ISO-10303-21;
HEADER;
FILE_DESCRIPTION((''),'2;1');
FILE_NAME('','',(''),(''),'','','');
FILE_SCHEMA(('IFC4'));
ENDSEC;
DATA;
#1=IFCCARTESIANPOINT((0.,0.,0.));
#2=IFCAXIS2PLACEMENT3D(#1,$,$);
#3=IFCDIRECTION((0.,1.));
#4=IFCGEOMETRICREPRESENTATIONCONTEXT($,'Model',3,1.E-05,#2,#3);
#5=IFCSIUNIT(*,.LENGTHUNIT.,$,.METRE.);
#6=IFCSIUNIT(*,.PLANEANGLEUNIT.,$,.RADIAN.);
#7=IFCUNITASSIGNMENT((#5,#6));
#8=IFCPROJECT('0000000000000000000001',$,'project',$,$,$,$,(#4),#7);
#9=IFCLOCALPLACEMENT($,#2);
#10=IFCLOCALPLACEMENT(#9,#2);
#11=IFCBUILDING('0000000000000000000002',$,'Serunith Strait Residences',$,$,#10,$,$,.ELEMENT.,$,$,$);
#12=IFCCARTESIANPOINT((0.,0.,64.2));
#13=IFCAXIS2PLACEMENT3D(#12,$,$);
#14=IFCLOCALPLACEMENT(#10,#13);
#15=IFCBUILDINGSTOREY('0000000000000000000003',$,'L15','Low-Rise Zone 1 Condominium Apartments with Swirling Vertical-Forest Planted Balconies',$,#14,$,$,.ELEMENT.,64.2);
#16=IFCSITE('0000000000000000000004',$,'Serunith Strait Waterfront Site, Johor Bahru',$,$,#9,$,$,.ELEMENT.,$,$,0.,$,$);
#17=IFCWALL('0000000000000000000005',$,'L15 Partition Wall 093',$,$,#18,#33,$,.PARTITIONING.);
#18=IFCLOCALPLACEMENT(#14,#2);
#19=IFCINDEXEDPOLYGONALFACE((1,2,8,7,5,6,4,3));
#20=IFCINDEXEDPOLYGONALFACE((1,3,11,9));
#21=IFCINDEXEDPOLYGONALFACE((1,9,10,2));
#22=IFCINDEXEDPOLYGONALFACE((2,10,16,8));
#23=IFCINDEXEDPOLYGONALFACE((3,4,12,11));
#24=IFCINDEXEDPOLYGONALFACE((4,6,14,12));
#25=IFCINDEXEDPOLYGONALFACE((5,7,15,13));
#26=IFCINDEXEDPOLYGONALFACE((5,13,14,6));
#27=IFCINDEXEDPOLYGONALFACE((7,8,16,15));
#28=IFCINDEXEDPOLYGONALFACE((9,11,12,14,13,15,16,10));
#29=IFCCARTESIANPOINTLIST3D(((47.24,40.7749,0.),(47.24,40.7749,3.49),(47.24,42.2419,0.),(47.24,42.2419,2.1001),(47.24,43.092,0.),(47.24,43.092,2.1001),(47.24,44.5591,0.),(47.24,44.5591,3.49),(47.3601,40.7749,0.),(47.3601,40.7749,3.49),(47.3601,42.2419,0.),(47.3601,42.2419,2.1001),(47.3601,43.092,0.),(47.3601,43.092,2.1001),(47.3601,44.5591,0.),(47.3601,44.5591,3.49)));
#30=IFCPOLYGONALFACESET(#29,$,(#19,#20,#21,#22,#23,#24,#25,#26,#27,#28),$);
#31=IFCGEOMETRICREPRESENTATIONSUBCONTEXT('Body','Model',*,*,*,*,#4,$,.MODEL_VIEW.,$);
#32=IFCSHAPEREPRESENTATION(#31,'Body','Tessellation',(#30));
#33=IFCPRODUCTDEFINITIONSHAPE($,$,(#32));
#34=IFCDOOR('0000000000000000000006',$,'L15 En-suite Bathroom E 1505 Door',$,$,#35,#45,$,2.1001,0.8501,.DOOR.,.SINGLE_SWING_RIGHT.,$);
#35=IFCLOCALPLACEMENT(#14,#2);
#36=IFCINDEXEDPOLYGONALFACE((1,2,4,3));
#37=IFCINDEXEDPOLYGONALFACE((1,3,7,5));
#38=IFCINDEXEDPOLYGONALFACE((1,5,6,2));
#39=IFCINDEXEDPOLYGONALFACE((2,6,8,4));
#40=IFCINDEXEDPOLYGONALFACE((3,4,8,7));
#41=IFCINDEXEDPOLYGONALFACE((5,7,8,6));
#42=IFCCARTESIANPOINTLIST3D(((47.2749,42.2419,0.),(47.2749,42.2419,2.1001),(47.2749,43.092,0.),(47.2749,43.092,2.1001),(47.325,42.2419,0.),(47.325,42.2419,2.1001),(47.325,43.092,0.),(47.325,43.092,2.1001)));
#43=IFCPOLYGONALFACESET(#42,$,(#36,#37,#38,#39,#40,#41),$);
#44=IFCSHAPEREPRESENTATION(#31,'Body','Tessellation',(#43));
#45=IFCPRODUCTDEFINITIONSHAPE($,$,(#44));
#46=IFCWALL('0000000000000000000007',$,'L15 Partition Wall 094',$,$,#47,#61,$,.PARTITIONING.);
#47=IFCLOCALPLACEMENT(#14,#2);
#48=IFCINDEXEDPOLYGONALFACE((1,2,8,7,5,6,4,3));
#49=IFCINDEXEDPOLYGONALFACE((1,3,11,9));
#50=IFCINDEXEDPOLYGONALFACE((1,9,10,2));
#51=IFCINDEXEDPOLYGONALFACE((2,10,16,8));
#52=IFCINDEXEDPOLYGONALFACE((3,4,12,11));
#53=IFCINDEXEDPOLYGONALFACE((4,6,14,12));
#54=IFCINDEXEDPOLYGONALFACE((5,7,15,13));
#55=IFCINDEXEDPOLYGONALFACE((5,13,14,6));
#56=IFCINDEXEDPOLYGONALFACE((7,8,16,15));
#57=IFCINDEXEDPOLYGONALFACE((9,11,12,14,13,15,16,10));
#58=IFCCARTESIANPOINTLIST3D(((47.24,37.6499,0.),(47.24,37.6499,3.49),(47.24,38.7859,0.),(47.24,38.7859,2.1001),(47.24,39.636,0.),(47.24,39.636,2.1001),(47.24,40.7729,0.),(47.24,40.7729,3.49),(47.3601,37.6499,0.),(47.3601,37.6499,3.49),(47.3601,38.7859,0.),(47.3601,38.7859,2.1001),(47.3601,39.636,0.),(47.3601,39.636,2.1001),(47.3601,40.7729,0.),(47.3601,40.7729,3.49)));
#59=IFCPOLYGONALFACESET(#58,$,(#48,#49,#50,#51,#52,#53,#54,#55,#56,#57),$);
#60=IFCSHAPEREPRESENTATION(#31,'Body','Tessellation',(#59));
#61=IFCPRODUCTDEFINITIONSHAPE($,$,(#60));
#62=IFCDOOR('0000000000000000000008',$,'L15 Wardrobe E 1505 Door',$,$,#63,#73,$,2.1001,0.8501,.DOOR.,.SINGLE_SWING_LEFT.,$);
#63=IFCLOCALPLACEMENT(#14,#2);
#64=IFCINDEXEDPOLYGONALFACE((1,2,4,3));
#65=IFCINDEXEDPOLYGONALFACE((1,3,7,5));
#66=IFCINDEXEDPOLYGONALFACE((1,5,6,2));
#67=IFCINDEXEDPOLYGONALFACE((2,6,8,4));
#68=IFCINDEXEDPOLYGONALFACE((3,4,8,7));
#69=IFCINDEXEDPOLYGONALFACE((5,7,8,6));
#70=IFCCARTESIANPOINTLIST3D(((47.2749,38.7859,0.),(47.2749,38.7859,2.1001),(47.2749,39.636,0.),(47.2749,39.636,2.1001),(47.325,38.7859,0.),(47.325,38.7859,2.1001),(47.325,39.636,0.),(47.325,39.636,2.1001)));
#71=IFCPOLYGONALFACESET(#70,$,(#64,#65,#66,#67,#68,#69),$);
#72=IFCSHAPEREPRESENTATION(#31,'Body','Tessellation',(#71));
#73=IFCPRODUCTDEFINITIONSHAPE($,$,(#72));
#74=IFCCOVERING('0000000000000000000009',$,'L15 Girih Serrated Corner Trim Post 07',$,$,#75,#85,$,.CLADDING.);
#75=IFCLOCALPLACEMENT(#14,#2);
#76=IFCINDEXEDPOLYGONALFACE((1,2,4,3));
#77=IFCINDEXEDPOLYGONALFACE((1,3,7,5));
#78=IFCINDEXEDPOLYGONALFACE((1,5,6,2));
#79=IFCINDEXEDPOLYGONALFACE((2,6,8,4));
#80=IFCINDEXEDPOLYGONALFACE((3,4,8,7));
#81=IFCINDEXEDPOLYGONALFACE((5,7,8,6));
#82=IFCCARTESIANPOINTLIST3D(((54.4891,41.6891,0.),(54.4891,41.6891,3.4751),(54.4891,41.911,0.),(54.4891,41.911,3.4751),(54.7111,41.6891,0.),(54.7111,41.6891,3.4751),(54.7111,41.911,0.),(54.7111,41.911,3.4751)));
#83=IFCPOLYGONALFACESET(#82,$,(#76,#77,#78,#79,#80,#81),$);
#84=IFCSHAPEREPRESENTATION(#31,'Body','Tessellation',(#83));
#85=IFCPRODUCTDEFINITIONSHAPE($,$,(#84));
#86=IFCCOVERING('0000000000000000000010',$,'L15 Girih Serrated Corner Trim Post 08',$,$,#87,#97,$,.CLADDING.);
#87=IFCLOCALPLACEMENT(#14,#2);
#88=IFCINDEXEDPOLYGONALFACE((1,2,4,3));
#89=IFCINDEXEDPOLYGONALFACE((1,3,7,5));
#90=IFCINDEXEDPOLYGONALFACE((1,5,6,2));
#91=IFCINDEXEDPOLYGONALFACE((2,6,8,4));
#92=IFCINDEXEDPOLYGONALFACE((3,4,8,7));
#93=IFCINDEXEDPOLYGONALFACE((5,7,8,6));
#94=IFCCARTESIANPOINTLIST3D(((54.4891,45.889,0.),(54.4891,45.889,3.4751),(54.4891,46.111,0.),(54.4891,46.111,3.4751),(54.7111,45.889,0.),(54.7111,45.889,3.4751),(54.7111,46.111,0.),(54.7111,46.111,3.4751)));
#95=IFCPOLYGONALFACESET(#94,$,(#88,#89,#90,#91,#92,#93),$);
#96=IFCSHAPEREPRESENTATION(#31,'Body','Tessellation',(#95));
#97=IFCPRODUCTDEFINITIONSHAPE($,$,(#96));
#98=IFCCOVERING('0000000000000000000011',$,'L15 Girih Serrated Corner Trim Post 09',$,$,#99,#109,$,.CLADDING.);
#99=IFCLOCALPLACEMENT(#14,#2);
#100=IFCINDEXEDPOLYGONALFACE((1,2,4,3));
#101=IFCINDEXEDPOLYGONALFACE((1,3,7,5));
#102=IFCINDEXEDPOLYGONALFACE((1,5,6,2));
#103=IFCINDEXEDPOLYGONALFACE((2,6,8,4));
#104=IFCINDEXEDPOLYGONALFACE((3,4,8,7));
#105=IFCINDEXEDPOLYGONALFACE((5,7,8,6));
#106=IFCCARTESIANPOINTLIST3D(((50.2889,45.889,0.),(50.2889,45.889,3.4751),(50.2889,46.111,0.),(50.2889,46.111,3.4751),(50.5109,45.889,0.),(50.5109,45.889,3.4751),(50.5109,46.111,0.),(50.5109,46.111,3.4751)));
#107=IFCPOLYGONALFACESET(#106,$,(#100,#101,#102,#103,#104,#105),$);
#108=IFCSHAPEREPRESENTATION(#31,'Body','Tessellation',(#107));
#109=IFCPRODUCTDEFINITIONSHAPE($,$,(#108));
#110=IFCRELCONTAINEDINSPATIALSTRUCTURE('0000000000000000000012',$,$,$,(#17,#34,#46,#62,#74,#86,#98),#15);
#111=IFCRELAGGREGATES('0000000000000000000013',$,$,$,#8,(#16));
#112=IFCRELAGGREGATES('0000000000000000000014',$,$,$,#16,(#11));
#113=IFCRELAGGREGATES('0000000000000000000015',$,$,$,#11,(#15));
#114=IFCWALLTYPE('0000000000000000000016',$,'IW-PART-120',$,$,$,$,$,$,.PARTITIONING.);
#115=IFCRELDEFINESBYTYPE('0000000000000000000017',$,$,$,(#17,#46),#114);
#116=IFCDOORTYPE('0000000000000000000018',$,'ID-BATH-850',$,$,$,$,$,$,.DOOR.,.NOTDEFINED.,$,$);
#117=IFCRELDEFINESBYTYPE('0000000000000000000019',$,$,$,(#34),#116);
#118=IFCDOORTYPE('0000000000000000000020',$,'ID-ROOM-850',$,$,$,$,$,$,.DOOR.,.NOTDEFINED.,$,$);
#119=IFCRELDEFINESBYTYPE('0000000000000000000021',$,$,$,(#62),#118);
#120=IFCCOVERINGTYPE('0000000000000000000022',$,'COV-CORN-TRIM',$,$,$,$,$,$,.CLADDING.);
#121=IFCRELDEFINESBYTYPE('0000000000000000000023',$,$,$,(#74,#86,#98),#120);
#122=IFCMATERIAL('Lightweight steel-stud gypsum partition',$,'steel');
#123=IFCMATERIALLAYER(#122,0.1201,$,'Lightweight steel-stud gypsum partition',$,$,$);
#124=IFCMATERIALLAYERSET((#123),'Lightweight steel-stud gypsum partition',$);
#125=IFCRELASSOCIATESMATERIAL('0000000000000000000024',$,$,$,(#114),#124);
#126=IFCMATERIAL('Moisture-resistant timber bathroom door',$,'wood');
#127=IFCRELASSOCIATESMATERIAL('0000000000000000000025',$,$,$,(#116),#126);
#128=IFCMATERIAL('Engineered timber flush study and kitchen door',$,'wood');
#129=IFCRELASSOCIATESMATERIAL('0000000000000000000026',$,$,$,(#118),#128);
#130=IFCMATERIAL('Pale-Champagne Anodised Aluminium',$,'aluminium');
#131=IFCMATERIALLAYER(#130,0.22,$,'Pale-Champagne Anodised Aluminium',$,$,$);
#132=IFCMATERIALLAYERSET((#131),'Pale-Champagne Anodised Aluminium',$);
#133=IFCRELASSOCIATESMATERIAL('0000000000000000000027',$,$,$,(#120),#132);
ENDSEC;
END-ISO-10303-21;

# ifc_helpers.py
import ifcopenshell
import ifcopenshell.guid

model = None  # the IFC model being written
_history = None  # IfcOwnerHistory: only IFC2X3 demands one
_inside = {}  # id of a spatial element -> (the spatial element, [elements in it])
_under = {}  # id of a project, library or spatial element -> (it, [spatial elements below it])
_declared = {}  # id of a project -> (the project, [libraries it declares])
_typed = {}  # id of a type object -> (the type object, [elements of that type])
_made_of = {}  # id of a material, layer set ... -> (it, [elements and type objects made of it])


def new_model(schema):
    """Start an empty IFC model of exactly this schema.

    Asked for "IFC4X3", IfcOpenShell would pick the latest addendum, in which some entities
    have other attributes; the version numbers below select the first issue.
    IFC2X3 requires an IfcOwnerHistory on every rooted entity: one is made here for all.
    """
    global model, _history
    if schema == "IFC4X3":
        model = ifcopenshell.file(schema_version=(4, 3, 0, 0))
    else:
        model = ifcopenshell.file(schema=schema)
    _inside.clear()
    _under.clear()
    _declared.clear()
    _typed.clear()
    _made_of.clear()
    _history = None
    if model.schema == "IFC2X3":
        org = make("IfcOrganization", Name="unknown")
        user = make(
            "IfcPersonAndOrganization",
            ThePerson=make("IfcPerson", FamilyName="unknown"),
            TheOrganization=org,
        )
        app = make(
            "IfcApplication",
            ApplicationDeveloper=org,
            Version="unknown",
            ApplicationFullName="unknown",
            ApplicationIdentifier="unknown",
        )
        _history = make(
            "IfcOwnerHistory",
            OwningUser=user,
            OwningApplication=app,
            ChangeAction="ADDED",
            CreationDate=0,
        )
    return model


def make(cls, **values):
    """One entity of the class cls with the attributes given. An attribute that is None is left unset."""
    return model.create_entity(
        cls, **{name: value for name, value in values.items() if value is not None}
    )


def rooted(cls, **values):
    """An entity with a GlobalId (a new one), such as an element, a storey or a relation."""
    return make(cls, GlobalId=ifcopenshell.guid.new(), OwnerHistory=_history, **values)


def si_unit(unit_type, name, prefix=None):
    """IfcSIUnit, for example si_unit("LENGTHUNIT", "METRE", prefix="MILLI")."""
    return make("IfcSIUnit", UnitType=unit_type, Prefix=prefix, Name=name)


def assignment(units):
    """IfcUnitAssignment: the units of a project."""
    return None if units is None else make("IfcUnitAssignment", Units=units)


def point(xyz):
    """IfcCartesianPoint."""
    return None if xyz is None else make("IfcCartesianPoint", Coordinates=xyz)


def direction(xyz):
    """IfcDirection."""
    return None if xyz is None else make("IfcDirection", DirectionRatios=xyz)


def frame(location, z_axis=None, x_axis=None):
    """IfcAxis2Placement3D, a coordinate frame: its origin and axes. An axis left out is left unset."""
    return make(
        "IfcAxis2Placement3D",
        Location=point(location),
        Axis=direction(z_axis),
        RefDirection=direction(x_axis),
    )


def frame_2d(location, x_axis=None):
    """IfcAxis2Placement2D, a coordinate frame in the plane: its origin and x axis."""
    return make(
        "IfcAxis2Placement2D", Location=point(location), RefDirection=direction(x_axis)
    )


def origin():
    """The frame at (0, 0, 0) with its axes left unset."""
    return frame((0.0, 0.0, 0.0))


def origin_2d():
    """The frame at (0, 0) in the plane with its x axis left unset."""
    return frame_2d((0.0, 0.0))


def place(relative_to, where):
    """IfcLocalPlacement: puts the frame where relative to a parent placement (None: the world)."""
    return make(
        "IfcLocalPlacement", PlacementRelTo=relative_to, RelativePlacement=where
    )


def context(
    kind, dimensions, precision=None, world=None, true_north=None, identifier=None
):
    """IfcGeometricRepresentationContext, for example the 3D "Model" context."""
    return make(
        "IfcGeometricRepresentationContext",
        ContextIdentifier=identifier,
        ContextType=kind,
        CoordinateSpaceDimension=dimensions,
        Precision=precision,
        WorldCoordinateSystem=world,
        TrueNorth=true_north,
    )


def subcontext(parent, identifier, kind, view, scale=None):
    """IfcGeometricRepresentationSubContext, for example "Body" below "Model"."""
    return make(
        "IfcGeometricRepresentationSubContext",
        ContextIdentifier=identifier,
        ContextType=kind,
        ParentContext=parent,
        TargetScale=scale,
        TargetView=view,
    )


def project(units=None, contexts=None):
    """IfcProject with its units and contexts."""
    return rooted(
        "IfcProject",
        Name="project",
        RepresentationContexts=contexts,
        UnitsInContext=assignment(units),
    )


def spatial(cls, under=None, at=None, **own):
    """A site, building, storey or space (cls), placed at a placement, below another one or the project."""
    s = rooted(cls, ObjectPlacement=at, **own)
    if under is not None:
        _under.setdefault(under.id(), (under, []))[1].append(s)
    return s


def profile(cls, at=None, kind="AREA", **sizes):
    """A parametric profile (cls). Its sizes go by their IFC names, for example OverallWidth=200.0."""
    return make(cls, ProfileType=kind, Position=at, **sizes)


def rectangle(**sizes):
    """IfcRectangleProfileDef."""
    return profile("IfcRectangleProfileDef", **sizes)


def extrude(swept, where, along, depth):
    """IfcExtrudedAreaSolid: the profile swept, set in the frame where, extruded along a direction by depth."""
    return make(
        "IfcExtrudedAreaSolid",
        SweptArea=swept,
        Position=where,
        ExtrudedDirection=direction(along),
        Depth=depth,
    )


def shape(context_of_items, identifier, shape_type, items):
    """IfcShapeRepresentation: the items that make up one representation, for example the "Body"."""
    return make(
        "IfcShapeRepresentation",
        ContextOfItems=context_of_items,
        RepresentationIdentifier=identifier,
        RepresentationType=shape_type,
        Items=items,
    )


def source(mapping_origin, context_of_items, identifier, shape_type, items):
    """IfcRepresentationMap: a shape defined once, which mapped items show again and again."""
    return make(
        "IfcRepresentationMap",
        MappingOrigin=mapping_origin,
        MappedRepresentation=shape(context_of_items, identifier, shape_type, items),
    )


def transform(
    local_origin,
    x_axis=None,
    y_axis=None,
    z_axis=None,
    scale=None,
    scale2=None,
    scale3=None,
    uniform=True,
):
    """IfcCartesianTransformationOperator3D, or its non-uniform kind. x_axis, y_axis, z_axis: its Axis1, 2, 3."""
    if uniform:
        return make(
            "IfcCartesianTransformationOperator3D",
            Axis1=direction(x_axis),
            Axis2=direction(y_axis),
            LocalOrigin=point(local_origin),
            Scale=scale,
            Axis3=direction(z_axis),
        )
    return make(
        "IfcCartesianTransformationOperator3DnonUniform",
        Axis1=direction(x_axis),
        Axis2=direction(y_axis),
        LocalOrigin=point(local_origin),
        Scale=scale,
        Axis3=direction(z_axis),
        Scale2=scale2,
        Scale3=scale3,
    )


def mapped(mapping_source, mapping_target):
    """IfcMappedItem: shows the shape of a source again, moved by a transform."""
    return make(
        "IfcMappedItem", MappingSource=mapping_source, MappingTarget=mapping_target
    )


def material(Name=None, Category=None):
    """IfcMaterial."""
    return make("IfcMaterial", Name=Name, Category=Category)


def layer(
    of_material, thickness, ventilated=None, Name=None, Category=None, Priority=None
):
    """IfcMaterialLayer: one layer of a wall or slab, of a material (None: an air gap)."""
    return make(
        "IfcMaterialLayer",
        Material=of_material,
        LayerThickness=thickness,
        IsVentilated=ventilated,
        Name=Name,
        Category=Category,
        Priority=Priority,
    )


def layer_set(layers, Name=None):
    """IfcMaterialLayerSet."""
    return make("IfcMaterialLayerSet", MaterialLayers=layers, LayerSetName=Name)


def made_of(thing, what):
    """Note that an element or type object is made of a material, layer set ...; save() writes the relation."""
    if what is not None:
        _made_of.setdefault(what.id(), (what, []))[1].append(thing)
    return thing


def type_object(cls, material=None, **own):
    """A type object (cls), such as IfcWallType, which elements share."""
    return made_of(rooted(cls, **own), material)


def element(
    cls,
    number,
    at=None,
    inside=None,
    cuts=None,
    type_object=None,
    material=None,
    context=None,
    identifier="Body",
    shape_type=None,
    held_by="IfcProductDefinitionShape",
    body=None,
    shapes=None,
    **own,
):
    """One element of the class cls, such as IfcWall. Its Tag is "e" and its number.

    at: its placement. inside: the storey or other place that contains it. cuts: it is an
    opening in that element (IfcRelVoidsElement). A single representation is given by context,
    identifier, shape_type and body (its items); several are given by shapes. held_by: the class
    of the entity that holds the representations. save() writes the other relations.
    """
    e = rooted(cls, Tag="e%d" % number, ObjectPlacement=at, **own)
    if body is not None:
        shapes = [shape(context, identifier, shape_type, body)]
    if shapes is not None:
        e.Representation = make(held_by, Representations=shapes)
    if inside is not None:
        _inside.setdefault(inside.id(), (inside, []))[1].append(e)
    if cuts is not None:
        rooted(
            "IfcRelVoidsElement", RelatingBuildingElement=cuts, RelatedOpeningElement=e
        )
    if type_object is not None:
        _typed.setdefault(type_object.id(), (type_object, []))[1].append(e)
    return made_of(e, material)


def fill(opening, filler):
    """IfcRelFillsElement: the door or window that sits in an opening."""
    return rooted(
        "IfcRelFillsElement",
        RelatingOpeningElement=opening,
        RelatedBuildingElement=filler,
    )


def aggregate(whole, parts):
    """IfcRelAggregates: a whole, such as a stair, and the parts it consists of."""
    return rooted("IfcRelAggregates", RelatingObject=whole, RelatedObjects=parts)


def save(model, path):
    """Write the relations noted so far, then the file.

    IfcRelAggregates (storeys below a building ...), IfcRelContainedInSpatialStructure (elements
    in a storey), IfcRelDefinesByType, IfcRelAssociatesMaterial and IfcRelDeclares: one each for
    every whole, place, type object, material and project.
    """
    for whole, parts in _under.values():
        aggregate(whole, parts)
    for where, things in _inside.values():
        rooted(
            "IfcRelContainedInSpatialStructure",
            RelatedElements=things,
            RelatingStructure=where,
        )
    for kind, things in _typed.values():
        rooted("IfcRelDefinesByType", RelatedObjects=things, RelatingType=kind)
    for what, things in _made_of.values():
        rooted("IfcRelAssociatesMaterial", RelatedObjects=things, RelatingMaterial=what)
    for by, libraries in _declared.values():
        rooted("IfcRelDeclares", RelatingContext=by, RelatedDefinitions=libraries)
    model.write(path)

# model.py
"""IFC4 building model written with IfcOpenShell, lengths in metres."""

from ifc_helpers import new_model, si_unit, direction, frame, frame_2d, origin, origin_2d, place, context, subcontext, project, spatial, rectangle, extrude, source, transform, mapped, material, layer, layer_set, type_object, element, fill, save


model = new_model("IFC4")

# Units and contexts
model_context = context("Model", 3, precision=1e-05, world=origin(), true_north=direction((0.0, 1.0)))
body_context = subcontext(model_context, "Body", "Model", "MODEL_VIEW")
ifc_project = project(units=[si_unit("LENGTHUNIT", "METRE"), si_unit("PLANEANGLEUNIT", "RADIAN")], contexts=[model_context])

# Site, building, storey
site_placement = place(None, origin())
site = spatial("IfcSite", under=ifc_project, at=site_placement, Name="Serunith Strait Waterfront Site, Johor Bahru", CompositionType="ELEMENT", RefElevation=0.0)
building_placement = place(site_placement, origin())
building = spatial("IfcBuilding", under=site, at=building_placement, Name="Serunith Strait Residences", CompositionType="ELEMENT")
storey_placement = place(building_placement, frame((0.0, 0.0, 64.2)))
storey = spatial("IfcBuildingStorey", under=building, at=storey_placement, Name="L15", Description="Low-Rise Zone 1 Condominium Apartments with Swirling Vertical-Forest Planted Balconies", CompositionType="ELEMENT", Elevation=64.2)

# Shared definitions
ifc_material_1 = material(Name="Pale-Champagne Anodised Aluminium", Category="aluminium")

# Shared definitions
ifc_material_2 = material(Name="Lightweight steel-stud gypsum partition", Category="steel")
ifc_layer_1 = layer(ifc_material_2, 0.1201, Name="Lightweight steel-stud gypsum partition")
ifc_layer_set_1 = layer_set([ifc_layer_1], Name="Lightweight steel-stud gypsum partition")
wall_type_1 = type_object("IfcWallType", Name="IW-PART-120", PredefinedType="PARTITIONING", material=ifc_layer_set_1)

# Walls, openings, doors
wall_1_placement = place(storey_placement, frame((47.3, 44.5591, 0.0), z_axis=(0.0, 0.0, 1.0), x_axis=(0.0, -1.0, 0.0)))
wall_1 = element("IfcWall", 1, at=wall_1_placement, inside=storey, type_object=wall_type_1, Name="L15 Partition Wall 093", PredefinedType="PARTITIONING", context=body_context, shape_type="SweptSolid", body=[
    extrude(rectangle(XDim=3.7842, YDim=0.1201, at=frame_2d((1.8921, 0.0))), origin(), (0.0, 0.0, 1.0), 3.49),
])
opening_1_placement = place(wall_1_placement, frame((1.467, 0.0, 0.0)))
opening_1 = element("IfcOpeningElement", 2, at=opening_1_placement, cuts=wall_1, PredefinedType="OPENING", context=body_context, shape_type="SweptSolid", body=[
    extrude(rectangle(XDim=0.8501, YDim=2.1001, at=frame_2d((0.425, 1.05))), frame((0.0, 0.0701, 0.0), z_axis=(0.0, -1.0, 0.0), x_axis=(1.0, 0.0, 0.0)), (0.0, 0.0, 1.0), 0.1401),
])
ifc_material_3 = material(Name="Moisture-resistant timber bathroom door", Category="wood")
door_type_1 = type_object("IfcDoorType", Name="ID-BATH-850", OperationType="NOTDEFINED", PredefinedType="DOOR", material=ifc_material_3)
shared_shape_1 = source(origin(), body_context, "Body", "SweptSolid", [
    extrude(rectangle(XDim=0.8501, YDim=2.1001, at=frame_2d((0.425, 1.05))), frame((0.0, 0.0249, 0.0), z_axis=(0.0, -1.0, 0.0), x_axis=(1.0, 0.0, 0.0)), (0.0, 0.0, 1.0), 0.05),
])
door_1_placement = place(opening_1_placement, origin())
door_1 = element("IfcDoor", 3, at=door_1_placement, inside=storey, type_object=door_type_1, Name="L15 En-suite Bathroom E 1505 Door", OperationType="SINGLE_SWING_RIGHT", OverallHeight=2.1001, OverallWidth=0.8501, PredefinedType="DOOR", context=body_context, shape_type="MappedRepresentation", body=[
    mapped(shared_shape_1, transform((0.0, 0.0, 0.0), scale=1.0)),
])
fill(opening_1, door_1)
wall_2_placement = place(storey_placement, frame((47.3, 40.7729, 0.0), z_axis=(0.0, 0.0, 1.0), x_axis=(0.0, -1.0, 0.0)))
wall_2 = element("IfcWall", 4, at=wall_2_placement, inside=storey, type_object=wall_type_1, Name="L15 Partition Wall 094", PredefinedType="PARTITIONING", context=body_context, shape_type="SweptSolid", body=[
    extrude(rectangle(XDim=3.123, YDim=0.1201, at=frame_2d((1.5615, 0.0))), origin(), (0.0, 0.0, 1.0), 3.49),
])
opening_2_placement = place(wall_2_placement, frame((1.137, 0.0, 0.0)))
opening_2 = element("IfcOpeningElement", 5, at=opening_2_placement, cuts=wall_2, PredefinedType="OPENING", context=body_context, shape_type="SweptSolid", body=[
    extrude(rectangle(XDim=0.8501, YDim=2.1001, at=frame_2d((0.425, 1.05))), frame((0.0, 0.0701, 0.0), z_axis=(0.0, -1.0, 0.0), x_axis=(1.0, 0.0, 0.0)), (0.0, 0.0, 1.0), 0.1401),
])
ifc_material_4 = material(Name="Engineered timber flush study and kitchen door", Category="wood")
door_type_2 = type_object("IfcDoorType", Name="ID-ROOM-850", OperationType="NOTDEFINED", PredefinedType="DOOR", material=ifc_material_4)
door_2_placement = place(opening_2_placement, origin())
door_2 = element("IfcDoor", 6, at=door_2_placement, inside=storey, type_object=door_type_2, Name="L15 Wardrobe E 1505 Door", OperationType="SINGLE_SWING_LEFT", OverallHeight=2.1001, OverallWidth=0.8501, PredefinedType="DOOR", context=body_context, shape_type="MappedRepresentation", body=[
    mapped(shared_shape_1, transform((0.0, 0.0, 0.0), scale=1.0)),
])
fill(opening_2, door_2)

# Coverings
ifc_layer_2 = layer(ifc_material_1, 0.22, Name="Pale-Champagne Anodised Aluminium")
ifc_layer_set_2 = layer_set([ifc_layer_2], Name="Pale-Champagne Anodised Aluminium")
covering_type = type_object("IfcCoveringType", Name="COV-CORN-TRIM", PredefinedType="CLADDING", material=ifc_layer_set_2)
shared_shape_2 = source(origin(), body_context, "Body", "SweptSolid", [
    extrude(rectangle(XDim=0.2219, YDim=0.2219, at=origin_2d()), origin(), (0.0, 0.0, 1.0), 3.4751),
])
for number, where, z_axis, x_axis, name in (
    (7, (54.6001, 41.8, 0.0), (0.0, 0.0, 1.0), (1.0, 0.0, 0.0), "L15 Girih Serrated Corner Trim Post 07"),
    (8, (54.6001, 46.0, 0.0), (0.0, 0.0, 1.0), (1.0, 0.0, 0.0), "L15 Girih Serrated Corner Trim Post 08"),
    (9, (50.3999, 46.0, 0.0), (0.0, 0.0, 1.0), (1.0, 0.0, 0.0), "L15 Girih Serrated Corner Trim Post 09"),
):
    element("IfcCovering", number, at=place(storey_placement, frame(where, z_axis=z_axis, x_axis=x_axis)), inside=storey, type_object=covering_type, Name=name, PredefinedType="CLADDING", context=body_context, shape_type="MappedRepresentation", body=[
        mapped(shared_shape_2, transform((0.0, 0.0, 0.0), scale=1.0)),
    ])

save(model, "model.ifc")
